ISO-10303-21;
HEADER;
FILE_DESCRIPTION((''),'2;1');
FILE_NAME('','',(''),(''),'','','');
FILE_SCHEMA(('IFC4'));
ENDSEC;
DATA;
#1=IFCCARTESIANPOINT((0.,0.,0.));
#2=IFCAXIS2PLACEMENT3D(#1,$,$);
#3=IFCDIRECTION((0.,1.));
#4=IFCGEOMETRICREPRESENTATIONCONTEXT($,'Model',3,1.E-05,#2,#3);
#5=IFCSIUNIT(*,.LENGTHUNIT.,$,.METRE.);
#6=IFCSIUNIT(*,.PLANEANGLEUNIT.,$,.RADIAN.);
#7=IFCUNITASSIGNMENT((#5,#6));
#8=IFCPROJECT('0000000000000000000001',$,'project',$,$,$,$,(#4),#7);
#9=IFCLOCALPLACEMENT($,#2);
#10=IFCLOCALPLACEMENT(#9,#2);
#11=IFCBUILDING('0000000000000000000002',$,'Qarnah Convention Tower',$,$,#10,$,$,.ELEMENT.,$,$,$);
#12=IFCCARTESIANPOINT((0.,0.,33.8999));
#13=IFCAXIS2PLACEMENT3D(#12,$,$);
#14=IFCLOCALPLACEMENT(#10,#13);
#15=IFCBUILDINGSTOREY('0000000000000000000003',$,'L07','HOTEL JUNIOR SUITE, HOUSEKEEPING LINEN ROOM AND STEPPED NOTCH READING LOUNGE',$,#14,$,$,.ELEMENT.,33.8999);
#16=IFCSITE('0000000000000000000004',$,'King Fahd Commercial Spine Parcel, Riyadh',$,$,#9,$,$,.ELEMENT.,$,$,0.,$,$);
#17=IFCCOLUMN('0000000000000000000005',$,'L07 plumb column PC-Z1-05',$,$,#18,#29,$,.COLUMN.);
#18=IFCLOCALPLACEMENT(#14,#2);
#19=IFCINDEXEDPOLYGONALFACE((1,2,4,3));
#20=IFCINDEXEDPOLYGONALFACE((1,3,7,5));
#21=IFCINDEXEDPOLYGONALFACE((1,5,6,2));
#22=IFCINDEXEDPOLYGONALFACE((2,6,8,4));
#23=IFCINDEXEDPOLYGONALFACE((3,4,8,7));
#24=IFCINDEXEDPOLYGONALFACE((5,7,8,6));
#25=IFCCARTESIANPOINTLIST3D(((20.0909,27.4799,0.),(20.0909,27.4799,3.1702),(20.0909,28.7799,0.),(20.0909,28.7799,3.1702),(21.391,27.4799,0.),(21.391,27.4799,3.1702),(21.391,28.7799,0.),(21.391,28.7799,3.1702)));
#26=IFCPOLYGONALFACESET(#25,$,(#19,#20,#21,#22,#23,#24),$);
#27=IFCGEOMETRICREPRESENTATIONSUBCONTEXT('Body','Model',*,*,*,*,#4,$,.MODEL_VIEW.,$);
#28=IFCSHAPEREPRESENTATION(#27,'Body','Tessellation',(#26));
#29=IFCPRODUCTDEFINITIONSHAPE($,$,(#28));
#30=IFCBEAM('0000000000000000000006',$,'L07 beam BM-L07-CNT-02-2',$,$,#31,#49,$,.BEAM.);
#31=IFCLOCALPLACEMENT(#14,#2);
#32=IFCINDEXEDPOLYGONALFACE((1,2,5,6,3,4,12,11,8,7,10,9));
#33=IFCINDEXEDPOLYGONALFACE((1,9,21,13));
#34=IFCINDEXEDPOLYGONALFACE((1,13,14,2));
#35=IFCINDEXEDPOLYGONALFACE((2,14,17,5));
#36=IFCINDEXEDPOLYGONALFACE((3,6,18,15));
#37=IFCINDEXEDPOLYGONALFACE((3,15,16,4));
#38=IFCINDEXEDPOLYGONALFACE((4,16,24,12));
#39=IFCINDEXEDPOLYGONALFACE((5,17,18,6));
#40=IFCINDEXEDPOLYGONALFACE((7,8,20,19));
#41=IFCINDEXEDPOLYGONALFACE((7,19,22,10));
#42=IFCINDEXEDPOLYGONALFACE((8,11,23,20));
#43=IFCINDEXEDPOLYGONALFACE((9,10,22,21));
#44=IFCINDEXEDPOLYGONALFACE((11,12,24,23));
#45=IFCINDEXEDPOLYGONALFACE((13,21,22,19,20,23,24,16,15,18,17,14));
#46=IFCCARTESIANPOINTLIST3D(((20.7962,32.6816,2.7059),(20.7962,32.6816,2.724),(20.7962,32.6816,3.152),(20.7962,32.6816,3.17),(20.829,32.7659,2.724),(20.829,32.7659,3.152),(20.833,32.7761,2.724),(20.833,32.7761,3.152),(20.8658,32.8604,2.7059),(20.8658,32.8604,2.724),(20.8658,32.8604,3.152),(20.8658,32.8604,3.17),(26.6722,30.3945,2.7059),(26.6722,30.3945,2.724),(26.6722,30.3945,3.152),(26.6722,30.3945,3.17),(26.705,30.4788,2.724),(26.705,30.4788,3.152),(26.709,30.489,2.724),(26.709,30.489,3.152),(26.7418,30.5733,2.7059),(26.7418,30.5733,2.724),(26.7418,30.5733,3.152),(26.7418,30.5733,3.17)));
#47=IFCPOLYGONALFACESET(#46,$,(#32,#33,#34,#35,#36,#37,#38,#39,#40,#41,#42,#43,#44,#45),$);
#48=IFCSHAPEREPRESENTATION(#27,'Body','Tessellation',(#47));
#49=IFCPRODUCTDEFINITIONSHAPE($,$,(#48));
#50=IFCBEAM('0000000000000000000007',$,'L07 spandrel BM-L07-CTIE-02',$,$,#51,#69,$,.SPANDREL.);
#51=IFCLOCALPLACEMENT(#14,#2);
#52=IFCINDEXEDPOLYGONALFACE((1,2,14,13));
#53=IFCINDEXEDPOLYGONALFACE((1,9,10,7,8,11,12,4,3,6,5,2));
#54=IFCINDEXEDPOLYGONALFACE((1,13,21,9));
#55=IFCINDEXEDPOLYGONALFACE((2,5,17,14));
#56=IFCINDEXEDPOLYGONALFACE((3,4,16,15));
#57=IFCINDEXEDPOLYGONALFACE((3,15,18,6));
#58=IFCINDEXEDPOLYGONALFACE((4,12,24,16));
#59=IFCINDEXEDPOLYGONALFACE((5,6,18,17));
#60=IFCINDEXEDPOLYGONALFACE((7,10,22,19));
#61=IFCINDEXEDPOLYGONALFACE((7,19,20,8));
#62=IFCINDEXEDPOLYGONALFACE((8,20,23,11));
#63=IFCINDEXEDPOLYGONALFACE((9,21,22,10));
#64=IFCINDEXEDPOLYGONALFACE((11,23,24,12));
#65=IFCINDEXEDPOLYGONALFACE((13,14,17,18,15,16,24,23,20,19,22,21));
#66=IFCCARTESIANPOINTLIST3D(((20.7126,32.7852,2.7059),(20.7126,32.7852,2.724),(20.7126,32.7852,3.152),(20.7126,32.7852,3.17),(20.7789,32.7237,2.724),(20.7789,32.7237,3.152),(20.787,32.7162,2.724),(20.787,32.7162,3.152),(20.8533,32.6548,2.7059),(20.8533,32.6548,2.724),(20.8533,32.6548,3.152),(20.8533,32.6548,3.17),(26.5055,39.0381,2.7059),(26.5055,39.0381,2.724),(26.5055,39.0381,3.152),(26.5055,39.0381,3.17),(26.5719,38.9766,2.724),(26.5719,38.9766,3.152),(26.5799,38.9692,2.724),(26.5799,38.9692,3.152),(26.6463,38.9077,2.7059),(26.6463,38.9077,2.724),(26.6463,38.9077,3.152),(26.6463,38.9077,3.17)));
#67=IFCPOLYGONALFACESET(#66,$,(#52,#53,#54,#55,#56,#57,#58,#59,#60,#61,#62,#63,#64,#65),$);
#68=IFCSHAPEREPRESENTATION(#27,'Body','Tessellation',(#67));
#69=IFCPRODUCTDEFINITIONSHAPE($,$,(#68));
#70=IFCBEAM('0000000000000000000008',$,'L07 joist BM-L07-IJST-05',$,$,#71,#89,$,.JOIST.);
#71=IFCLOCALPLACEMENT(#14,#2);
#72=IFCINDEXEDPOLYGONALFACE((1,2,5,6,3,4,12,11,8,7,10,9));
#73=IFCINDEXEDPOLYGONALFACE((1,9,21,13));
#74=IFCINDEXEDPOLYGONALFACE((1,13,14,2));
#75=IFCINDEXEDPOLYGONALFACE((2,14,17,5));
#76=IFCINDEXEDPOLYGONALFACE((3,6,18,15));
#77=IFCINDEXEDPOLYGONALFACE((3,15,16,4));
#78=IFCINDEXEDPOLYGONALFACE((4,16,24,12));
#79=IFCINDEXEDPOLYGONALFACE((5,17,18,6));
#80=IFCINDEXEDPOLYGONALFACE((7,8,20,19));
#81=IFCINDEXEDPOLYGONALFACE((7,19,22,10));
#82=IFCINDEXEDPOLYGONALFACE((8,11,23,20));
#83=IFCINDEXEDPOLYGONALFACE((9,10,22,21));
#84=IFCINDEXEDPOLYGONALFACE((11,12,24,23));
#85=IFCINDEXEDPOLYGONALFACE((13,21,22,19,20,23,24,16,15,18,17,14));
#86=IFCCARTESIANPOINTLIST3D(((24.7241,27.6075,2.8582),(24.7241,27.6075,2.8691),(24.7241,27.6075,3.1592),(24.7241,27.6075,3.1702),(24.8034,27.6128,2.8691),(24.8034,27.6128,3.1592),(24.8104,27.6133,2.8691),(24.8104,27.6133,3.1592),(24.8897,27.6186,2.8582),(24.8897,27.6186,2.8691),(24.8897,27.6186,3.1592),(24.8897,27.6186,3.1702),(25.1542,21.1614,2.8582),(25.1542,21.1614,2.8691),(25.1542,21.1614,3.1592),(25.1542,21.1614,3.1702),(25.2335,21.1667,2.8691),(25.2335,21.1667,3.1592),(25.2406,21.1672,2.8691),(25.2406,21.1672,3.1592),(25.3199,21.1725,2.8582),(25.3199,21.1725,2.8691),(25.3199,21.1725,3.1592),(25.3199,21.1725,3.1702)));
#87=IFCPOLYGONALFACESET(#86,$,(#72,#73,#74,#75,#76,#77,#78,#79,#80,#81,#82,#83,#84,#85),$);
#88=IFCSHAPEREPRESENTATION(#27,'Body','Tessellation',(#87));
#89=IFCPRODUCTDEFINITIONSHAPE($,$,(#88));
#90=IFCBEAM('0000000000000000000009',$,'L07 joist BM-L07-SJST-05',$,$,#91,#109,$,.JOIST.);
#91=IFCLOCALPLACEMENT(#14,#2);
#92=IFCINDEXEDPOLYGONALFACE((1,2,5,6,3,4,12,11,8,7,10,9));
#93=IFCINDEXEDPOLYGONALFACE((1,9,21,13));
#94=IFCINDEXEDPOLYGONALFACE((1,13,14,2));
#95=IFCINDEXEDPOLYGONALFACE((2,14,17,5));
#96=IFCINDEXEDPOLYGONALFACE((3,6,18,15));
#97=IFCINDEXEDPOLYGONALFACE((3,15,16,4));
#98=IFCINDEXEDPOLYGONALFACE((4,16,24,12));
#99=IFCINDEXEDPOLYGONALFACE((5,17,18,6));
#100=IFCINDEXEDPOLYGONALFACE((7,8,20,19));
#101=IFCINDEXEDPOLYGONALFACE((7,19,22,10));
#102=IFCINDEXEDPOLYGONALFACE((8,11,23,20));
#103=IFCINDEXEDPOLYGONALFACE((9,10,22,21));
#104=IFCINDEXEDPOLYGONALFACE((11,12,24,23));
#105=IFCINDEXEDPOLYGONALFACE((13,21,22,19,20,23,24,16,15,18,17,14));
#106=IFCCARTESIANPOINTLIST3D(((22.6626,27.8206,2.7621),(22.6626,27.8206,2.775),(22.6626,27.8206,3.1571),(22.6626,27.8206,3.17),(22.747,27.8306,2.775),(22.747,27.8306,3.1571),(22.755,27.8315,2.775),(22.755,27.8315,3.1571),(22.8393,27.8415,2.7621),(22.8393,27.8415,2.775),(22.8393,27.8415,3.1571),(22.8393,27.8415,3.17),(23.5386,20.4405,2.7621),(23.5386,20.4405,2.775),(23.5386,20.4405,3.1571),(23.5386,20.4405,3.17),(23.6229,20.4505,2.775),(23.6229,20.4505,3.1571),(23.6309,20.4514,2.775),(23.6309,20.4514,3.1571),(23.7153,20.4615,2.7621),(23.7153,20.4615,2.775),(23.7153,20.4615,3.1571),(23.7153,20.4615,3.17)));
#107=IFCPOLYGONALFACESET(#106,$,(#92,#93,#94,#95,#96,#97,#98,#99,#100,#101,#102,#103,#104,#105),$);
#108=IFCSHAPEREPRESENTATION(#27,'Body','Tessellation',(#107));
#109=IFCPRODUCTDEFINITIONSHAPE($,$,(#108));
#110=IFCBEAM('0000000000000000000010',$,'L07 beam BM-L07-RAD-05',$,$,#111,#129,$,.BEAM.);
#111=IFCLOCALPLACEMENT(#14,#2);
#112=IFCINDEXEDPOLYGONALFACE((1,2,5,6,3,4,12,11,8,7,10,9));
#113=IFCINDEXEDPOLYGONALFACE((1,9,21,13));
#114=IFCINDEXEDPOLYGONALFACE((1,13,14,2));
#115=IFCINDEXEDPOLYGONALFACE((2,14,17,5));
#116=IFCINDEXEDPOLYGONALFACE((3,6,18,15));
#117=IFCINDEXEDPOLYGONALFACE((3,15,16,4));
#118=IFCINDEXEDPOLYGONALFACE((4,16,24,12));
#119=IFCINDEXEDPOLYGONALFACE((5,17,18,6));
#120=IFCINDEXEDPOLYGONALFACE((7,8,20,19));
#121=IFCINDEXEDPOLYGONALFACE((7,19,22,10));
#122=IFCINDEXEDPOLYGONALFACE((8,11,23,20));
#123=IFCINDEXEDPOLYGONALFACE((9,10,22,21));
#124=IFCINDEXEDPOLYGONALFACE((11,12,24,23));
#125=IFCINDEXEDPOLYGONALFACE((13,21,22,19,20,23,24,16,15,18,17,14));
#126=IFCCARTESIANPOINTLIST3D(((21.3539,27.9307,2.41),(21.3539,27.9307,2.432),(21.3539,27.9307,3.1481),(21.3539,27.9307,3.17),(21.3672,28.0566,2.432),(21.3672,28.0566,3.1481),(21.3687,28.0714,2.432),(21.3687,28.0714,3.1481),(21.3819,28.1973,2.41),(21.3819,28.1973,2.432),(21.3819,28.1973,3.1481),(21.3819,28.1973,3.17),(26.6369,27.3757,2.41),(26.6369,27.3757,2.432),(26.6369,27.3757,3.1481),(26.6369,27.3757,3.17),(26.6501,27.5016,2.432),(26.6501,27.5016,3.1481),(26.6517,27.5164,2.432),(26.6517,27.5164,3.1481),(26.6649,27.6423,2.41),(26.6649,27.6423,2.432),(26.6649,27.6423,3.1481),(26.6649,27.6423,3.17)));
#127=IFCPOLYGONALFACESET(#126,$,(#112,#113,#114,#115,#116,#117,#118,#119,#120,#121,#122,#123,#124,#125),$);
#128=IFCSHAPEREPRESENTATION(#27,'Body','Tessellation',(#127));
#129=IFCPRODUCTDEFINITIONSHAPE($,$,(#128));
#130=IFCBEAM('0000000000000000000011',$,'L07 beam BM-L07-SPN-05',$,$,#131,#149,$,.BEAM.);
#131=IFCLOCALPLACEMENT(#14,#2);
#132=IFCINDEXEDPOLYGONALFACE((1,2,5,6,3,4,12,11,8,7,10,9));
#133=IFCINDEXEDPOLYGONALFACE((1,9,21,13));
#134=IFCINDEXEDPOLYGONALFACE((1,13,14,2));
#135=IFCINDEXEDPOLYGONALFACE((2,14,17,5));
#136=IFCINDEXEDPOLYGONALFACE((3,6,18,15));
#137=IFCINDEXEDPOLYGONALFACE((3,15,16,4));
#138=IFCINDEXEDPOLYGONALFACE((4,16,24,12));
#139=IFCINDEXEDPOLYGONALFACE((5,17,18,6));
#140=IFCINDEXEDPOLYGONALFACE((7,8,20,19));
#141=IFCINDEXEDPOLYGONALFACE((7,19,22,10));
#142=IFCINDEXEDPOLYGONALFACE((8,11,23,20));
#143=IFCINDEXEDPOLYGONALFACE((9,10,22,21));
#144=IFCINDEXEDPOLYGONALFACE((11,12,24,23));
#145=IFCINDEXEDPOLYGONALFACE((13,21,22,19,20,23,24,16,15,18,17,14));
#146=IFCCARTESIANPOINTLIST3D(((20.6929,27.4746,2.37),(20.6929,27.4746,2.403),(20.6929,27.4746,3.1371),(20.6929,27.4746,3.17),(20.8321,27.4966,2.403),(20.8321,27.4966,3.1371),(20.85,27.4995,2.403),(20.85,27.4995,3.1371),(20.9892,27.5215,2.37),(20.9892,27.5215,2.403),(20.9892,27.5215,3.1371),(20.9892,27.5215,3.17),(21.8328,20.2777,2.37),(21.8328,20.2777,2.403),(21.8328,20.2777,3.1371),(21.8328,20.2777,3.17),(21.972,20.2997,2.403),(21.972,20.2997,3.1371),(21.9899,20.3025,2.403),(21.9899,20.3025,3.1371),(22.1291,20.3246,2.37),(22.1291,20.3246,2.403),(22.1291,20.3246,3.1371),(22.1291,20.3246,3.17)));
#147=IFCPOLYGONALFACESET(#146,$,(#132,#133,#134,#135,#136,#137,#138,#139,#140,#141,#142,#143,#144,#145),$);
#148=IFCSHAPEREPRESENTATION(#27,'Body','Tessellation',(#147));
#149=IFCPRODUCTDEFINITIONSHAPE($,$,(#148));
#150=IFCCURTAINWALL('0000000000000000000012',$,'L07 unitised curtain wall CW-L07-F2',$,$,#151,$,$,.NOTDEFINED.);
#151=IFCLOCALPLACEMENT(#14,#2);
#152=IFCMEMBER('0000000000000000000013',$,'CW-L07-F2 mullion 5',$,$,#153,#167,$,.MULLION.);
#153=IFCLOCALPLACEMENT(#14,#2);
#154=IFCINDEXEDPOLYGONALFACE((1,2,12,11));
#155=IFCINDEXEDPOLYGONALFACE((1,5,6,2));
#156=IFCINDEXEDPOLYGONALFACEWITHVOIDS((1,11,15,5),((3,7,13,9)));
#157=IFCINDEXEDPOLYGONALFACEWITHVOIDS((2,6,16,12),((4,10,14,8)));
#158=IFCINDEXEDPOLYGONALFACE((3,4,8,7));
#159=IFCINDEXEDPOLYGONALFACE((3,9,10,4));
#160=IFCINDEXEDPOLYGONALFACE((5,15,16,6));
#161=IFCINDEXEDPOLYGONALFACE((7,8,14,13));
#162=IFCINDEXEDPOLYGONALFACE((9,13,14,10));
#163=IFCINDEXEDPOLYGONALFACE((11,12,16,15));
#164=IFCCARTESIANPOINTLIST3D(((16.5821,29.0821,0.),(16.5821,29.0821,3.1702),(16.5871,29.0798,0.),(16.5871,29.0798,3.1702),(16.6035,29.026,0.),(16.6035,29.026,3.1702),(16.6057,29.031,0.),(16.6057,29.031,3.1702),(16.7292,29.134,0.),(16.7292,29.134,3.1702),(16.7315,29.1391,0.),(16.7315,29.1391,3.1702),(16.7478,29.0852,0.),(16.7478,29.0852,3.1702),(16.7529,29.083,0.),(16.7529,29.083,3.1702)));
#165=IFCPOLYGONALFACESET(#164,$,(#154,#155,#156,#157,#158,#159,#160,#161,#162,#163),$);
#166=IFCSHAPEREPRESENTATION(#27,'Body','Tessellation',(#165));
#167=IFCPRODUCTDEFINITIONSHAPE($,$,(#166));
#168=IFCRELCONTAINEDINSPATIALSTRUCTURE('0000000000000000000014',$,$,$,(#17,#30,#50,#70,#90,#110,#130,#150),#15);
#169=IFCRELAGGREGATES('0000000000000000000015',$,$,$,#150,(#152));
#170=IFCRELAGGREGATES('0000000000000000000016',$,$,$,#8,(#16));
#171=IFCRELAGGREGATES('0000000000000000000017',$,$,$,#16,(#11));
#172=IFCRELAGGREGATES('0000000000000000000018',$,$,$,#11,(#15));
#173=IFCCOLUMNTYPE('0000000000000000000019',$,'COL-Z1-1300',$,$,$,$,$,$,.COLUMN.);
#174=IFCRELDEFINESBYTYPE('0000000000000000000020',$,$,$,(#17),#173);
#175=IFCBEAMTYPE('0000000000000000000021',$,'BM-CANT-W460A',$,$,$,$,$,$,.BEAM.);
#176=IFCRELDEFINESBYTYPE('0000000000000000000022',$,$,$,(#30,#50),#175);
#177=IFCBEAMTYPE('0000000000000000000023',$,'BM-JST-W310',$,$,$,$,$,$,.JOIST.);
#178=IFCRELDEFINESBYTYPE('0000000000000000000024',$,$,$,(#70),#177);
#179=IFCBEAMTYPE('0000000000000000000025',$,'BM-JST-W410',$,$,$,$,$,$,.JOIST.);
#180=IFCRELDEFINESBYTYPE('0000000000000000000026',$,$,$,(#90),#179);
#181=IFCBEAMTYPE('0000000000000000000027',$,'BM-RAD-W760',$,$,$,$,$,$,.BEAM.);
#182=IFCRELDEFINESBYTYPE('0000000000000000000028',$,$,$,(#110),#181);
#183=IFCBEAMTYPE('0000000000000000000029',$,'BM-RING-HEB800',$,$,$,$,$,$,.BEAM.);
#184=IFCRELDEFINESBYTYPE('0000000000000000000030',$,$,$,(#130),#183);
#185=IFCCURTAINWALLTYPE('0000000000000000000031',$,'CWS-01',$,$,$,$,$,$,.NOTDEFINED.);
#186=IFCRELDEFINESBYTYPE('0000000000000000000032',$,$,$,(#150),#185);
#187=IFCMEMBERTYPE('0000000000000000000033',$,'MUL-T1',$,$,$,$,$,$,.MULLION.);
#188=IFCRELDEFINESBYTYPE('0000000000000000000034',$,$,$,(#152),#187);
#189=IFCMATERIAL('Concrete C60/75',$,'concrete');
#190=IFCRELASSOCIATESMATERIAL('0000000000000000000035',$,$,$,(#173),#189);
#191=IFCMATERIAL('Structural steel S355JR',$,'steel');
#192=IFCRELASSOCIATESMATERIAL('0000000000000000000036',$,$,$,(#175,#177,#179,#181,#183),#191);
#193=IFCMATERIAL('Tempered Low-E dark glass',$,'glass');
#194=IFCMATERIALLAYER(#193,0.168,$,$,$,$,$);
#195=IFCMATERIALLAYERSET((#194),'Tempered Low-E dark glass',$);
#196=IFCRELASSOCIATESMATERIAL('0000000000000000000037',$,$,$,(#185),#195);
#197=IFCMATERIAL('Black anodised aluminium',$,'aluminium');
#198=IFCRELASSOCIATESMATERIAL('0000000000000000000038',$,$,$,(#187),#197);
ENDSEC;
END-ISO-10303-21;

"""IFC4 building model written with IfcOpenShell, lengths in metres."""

from ifc_helpers import new_model, si_unit, direction, frame, origin, origin_2d, place, context, subcontext, project, spatial, rectangle, hollow_rectangle, i_section, extrude, material, layer, layer_set, material_profile, profile_set, type_object, element, aggregate, save


model = new_model("IFC4")

# Units and contexts
model_context = context("Model", 3, precision=1e-05, world=origin(), true_north=direction((0.0, 1.0)))
body_context = subcontext(model_context, "Body", "Model", "MODEL_VIEW")
ifc_project = project(units=[si_unit("LENGTHUNIT", "METRE"), si_unit("PLANEANGLEUNIT", "RADIAN")], contexts=[model_context])

# Site, building, storey
site_placement = place(None, origin())
site = spatial("IfcSite", under=ifc_project, at=site_placement, Name="King Fahd Commercial Spine Parcel, Riyadh", CompositionType="ELEMENT", RefElevation=0.0)
building_placement = place(site_placement, origin())
building = spatial("IfcBuilding", under=site, at=building_placement, Name="Qarnah Convention Tower", CompositionType="ELEMENT")
storey_placement = place(building_placement, frame((0.0, 0.0, 33.8999)))
storey = spatial("IfcBuildingStorey", under=building, at=storey_placement, Name="L07", Description="HOTEL JUNIOR SUITE, HOUSEKEEPING LINEN ROOM AND STEPPED NOTCH READING LOUNGE", CompositionType="ELEMENT", Elevation=33.8999)

# Column
ifc_material_1 = material(Name="Concrete C60/75", Category="concrete")
ifc_material_profile_1 = material_profile(ifc_material_1, rectangle(XDim=1.3, YDim=1.3, at=origin_2d()), Name="RC-COL-1300X1300")
ifc_profile_set_1 = profile_set([ifc_material_profile_1], Name="Concrete C60/75")
column_type = type_object("IfcColumnType", Name="COL-Z1-1300", PredefinedType="COLUMN", material=ifc_profile_set_1)
column_placement = place(storey_placement, frame((20.741, 28.1299, 0.0), z_axis=(0.0, 0.0, 1.0), x_axis=(1.0, 0.0, 0.0)))
element("IfcColumn", 1, at=column_placement, inside=storey, type_object=column_type, Name="L07 plumb column PC-Z1-05", PredefinedType="COLUMN", context=body_context, shape_type="SweptSolid", body=[
    extrude(rectangle(XDim=1.3, YDim=1.3, at=origin_2d()), origin(), (0.0, 0.0, 1.0), 3.1702),
])

# Beams
ifc_material_2 = material(Name="Structural steel S355JR", Category="steel")
ifc_material_profile_2 = material_profile(ifc_material_2, i_section(OverallWidth=0.1919, OverallDepth=0.4641, WebThickness=0.011, FlangeThickness=0.0181, at=origin_2d()), Name="W460X89")
ifc_profile_set_2 = profile_set([ifc_material_profile_2], Name="Structural steel S355JR")
beam_type_1 = type_object("IfcBeamType", Name="BM-CANT-W460A", PredefinedType="BEAM", material=ifc_profile_set_2)
beam_1_placement = place(storey_placement, frame((26.707, 30.4839, 2.938), z_axis=(-0.931897, 0.362723, 0.0), x_axis=(-0.362723, -0.931897, 0.0)))
element("IfcBeam", 2, at=beam_1_placement, inside=storey, type_object=beam_type_1, Name="L07 beam BM-L07-CNT-02-2", PredefinedType="BEAM", context=body_context, shape_type="SweptSolid", body=[
    extrude(i_section(OverallWidth=0.1919, OverallDepth=0.4641, WebThickness=0.011, FlangeThickness=0.0181, at=origin_2d()), origin(), (0.0, 0.0, 1.0), 6.3054),
])
beam_2_placement = place(storey_placement, frame((20.783, 32.72, 2.938), z_axis=(0.679611, 0.733572, 0.0), x_axis=(-0.733572, 0.679611, 0.0)))
element("IfcBeam", 3, at=beam_2_placement, inside=storey, type_object=beam_type_1, Name="L07 spandrel BM-L07-CTIE-02", PredefinedType="SPANDREL", context=body_context, shape_type="SweptSolid", body=[
    extrude(i_section(OverallWidth=0.1919, OverallDepth=0.4641, WebThickness=0.011, FlangeThickness=0.0181, at=origin_2d()), origin(), (0.0, 0.0, 1.0), 8.5239),
])
ifc_material_profile_3 = material_profile(ifc_material_2, i_section(OverallWidth=0.166, OverallDepth=0.312, WebThickness=0.0071, FlangeThickness=0.011, at=origin_2d()), Name="W310X45")
ifc_profile_set_3 = profile_set([ifc_material_profile_3], Name="Structural steel S355JR")
beam_type_2 = type_object("IfcBeamType", Name="BM-JST-W310", PredefinedType="JOIST", material=ifc_profile_set_3)
beam_3_placement = place(storey_placement, frame((24.8069, 27.613, 3.0142), z_axis=(0.066587, -0.997781, 0.0), x_axis=(0.997781, 0.066587, 0.0)))
element("IfcBeam", 4, at=beam_3_placement, inside=storey, type_object=beam_type_2, Name="L07 joist BM-L07-IJST-05", PredefinedType="JOIST", context=body_context, shape_type="SweptSolid", body=[
    extrude(i_section(OverallWidth=0.166, OverallDepth=0.312, WebThickness=0.0071, FlangeThickness=0.011, at=origin_2d()), origin(), (0.0, 0.0, 1.0), 6.4604),
])
ifc_material_profile_4 = material_profile(ifc_material_2, i_section(OverallWidth=0.178, OverallDepth=0.408, WebThickness=0.0081, FlangeThickness=0.0129, at=origin_2d()), Name="W410X60")
ifc_profile_set_4 = profile_set([ifc_material_profile_4], Name="Structural steel S355JR")
beam_type_3 = type_object("IfcBeamType", Name="BM-JST-W410", PredefinedType="JOIST", material=ifc_profile_set_4)
beam_4_placement = place(storey_placement, frame((22.751, 27.8311, 2.9661), z_axis=(0.117867, -0.993029, 0.0), x_axis=(0.993029, 0.117867, 0.0)))
element("IfcBeam", 5, at=beam_4_placement, inside=storey, type_object=beam_type_3, Name="L07 joist BM-L07-SJST-05", PredefinedType="JOIST", context=body_context, shape_type="SweptSolid", body=[
    extrude(i_section(OverallWidth=0.178, OverallDepth=0.408, WebThickness=0.0081, FlangeThickness=0.0129, at=origin_2d()), origin(), (0.0, 0.0, 1.0), 7.4319),
])
ifc_material_profile_5 = material_profile(ifc_material_2, i_section(OverallWidth=0.2681, OverallDepth=0.76, WebThickness=0.0149, FlangeThickness=0.022, at=origin_2d()), Name="W760X185")
ifc_profile_set_5 = profile_set([ifc_material_profile_5], Name="Structural steel S355JR")
beam_type_4 = type_object("IfcBeamType", Name="BM-RAD-W760", PredefinedType="BEAM", material=ifc_profile_set_5)
beam_5_placement = place(storey_placement, frame((26.6509, 27.509, 2.79), z_axis=(-0.994528, 0.104467, 0.0), x_axis=(-0.104467, -0.994528, 0.0)))
element("IfcBeam", 6, at=beam_5_placement, inside=storey, type_object=beam_type_4, Name="L07 beam BM-L07-RAD-05", PredefinedType="BEAM", context=body_context, shape_type="SweptSolid", body=[
    extrude(i_section(OverallWidth=0.2681, OverallDepth=0.76, WebThickness=0.0149, FlangeThickness=0.022, at=origin_2d()), origin(), (0.0, 0.0, 1.0), 5.312),
])
ifc_material_profile_6 = material_profile(ifc_material_2, i_section(OverallWidth=0.3, OverallDepth=0.8, WebThickness=0.0181, FlangeThickness=0.033, at=origin_2d()), Name="HEB800")
ifc_profile_set_6 = profile_set([ifc_material_profile_6], Name="Structural steel S355JR")
beam_type_5 = type_object("IfcBeamType", Name="BM-RING-HEB800", PredefinedType="BEAM", material=ifc_profile_set_6)
beam_6_placement = place(storey_placement, frame((20.8411, 27.498, 2.77), z_axis=(0.156434, -0.987688, 0.0), x_axis=(0.987688, 0.156434, 0.0)))
element("IfcBeam", 7, at=beam_6_placement, inside=storey, type_object=beam_type_5, Name="L07 beam BM-L07-SPN-05", PredefinedType="BEAM", context=body_context, shape_type="SweptSolid", body=[
    extrude(i_section(OverallWidth=0.3, OverallDepth=0.8, WebThickness=0.0181, FlangeThickness=0.033, at=origin_2d()), origin(), (0.0, 0.0, 1.0), 7.2866),
])

# Curtain wall, member
ifc_material_3 = material(Name="Tempered Low-E dark glass", Category="glass")
ifc_layer_1 = layer(ifc_material_3, 0.168)
ifc_layer_set_1 = layer_set([ifc_layer_1], Name="Tempered Low-E dark glass")
curtain_wall_type = type_object("IfcCurtainWallType", Name="CWS-01", PredefinedType="NOTDEFINED", material=ifc_layer_set_1)
curtain_wall_placement = place(storey_placement, origin())
curtain_wall = element("IfcCurtainWall", 8, at=curtain_wall_placement, inside=storey, type_object=curtain_wall_type, Name="L07 unitised curtain wall CW-L07-F2", PredefinedType="NOTDEFINED")
ifc_material_4 = material(Name="Black anodised aluminium", Category="aluminium")
ifc_material_profile_7 = material_profile(ifc_material_4, hollow_rectangle(XDim=0.0601, YDim=0.1599, WallThickness=0.0039, at=origin_2d()), Name="MUL-60X160")
ifc_profile_set_7 = profile_set([ifc_material_profile_7], Name="Black anodised aluminium")
member_type = type_object("IfcMemberType", Name="MUL-T1", PredefinedType="MULLION", material=ifc_profile_set_7)
member_1_placement = place(storey_placement, frame((16.6675, 29.0825, 0.0), z_axis=(0.0, 0.0, 1.0), x_axis=(-0.356416, 0.934327, 0.0)))
member_1 = element("IfcMember", 9, at=member_1_placement, type_object=member_type, Name="CW-L07-F2 mullion 5", PredefinedType="MULLION", context=body_context, shape_type="SweptSolid", body=[
    extrude(hollow_rectangle(XDim=0.0601, YDim=0.1599, WallThickness=0.0039, at=origin_2d()), origin(), (0.0, 0.0, 1.0), 3.1702),
])
aggregate(curtain_wall, [member_1])

save(model, "model.ifc")
